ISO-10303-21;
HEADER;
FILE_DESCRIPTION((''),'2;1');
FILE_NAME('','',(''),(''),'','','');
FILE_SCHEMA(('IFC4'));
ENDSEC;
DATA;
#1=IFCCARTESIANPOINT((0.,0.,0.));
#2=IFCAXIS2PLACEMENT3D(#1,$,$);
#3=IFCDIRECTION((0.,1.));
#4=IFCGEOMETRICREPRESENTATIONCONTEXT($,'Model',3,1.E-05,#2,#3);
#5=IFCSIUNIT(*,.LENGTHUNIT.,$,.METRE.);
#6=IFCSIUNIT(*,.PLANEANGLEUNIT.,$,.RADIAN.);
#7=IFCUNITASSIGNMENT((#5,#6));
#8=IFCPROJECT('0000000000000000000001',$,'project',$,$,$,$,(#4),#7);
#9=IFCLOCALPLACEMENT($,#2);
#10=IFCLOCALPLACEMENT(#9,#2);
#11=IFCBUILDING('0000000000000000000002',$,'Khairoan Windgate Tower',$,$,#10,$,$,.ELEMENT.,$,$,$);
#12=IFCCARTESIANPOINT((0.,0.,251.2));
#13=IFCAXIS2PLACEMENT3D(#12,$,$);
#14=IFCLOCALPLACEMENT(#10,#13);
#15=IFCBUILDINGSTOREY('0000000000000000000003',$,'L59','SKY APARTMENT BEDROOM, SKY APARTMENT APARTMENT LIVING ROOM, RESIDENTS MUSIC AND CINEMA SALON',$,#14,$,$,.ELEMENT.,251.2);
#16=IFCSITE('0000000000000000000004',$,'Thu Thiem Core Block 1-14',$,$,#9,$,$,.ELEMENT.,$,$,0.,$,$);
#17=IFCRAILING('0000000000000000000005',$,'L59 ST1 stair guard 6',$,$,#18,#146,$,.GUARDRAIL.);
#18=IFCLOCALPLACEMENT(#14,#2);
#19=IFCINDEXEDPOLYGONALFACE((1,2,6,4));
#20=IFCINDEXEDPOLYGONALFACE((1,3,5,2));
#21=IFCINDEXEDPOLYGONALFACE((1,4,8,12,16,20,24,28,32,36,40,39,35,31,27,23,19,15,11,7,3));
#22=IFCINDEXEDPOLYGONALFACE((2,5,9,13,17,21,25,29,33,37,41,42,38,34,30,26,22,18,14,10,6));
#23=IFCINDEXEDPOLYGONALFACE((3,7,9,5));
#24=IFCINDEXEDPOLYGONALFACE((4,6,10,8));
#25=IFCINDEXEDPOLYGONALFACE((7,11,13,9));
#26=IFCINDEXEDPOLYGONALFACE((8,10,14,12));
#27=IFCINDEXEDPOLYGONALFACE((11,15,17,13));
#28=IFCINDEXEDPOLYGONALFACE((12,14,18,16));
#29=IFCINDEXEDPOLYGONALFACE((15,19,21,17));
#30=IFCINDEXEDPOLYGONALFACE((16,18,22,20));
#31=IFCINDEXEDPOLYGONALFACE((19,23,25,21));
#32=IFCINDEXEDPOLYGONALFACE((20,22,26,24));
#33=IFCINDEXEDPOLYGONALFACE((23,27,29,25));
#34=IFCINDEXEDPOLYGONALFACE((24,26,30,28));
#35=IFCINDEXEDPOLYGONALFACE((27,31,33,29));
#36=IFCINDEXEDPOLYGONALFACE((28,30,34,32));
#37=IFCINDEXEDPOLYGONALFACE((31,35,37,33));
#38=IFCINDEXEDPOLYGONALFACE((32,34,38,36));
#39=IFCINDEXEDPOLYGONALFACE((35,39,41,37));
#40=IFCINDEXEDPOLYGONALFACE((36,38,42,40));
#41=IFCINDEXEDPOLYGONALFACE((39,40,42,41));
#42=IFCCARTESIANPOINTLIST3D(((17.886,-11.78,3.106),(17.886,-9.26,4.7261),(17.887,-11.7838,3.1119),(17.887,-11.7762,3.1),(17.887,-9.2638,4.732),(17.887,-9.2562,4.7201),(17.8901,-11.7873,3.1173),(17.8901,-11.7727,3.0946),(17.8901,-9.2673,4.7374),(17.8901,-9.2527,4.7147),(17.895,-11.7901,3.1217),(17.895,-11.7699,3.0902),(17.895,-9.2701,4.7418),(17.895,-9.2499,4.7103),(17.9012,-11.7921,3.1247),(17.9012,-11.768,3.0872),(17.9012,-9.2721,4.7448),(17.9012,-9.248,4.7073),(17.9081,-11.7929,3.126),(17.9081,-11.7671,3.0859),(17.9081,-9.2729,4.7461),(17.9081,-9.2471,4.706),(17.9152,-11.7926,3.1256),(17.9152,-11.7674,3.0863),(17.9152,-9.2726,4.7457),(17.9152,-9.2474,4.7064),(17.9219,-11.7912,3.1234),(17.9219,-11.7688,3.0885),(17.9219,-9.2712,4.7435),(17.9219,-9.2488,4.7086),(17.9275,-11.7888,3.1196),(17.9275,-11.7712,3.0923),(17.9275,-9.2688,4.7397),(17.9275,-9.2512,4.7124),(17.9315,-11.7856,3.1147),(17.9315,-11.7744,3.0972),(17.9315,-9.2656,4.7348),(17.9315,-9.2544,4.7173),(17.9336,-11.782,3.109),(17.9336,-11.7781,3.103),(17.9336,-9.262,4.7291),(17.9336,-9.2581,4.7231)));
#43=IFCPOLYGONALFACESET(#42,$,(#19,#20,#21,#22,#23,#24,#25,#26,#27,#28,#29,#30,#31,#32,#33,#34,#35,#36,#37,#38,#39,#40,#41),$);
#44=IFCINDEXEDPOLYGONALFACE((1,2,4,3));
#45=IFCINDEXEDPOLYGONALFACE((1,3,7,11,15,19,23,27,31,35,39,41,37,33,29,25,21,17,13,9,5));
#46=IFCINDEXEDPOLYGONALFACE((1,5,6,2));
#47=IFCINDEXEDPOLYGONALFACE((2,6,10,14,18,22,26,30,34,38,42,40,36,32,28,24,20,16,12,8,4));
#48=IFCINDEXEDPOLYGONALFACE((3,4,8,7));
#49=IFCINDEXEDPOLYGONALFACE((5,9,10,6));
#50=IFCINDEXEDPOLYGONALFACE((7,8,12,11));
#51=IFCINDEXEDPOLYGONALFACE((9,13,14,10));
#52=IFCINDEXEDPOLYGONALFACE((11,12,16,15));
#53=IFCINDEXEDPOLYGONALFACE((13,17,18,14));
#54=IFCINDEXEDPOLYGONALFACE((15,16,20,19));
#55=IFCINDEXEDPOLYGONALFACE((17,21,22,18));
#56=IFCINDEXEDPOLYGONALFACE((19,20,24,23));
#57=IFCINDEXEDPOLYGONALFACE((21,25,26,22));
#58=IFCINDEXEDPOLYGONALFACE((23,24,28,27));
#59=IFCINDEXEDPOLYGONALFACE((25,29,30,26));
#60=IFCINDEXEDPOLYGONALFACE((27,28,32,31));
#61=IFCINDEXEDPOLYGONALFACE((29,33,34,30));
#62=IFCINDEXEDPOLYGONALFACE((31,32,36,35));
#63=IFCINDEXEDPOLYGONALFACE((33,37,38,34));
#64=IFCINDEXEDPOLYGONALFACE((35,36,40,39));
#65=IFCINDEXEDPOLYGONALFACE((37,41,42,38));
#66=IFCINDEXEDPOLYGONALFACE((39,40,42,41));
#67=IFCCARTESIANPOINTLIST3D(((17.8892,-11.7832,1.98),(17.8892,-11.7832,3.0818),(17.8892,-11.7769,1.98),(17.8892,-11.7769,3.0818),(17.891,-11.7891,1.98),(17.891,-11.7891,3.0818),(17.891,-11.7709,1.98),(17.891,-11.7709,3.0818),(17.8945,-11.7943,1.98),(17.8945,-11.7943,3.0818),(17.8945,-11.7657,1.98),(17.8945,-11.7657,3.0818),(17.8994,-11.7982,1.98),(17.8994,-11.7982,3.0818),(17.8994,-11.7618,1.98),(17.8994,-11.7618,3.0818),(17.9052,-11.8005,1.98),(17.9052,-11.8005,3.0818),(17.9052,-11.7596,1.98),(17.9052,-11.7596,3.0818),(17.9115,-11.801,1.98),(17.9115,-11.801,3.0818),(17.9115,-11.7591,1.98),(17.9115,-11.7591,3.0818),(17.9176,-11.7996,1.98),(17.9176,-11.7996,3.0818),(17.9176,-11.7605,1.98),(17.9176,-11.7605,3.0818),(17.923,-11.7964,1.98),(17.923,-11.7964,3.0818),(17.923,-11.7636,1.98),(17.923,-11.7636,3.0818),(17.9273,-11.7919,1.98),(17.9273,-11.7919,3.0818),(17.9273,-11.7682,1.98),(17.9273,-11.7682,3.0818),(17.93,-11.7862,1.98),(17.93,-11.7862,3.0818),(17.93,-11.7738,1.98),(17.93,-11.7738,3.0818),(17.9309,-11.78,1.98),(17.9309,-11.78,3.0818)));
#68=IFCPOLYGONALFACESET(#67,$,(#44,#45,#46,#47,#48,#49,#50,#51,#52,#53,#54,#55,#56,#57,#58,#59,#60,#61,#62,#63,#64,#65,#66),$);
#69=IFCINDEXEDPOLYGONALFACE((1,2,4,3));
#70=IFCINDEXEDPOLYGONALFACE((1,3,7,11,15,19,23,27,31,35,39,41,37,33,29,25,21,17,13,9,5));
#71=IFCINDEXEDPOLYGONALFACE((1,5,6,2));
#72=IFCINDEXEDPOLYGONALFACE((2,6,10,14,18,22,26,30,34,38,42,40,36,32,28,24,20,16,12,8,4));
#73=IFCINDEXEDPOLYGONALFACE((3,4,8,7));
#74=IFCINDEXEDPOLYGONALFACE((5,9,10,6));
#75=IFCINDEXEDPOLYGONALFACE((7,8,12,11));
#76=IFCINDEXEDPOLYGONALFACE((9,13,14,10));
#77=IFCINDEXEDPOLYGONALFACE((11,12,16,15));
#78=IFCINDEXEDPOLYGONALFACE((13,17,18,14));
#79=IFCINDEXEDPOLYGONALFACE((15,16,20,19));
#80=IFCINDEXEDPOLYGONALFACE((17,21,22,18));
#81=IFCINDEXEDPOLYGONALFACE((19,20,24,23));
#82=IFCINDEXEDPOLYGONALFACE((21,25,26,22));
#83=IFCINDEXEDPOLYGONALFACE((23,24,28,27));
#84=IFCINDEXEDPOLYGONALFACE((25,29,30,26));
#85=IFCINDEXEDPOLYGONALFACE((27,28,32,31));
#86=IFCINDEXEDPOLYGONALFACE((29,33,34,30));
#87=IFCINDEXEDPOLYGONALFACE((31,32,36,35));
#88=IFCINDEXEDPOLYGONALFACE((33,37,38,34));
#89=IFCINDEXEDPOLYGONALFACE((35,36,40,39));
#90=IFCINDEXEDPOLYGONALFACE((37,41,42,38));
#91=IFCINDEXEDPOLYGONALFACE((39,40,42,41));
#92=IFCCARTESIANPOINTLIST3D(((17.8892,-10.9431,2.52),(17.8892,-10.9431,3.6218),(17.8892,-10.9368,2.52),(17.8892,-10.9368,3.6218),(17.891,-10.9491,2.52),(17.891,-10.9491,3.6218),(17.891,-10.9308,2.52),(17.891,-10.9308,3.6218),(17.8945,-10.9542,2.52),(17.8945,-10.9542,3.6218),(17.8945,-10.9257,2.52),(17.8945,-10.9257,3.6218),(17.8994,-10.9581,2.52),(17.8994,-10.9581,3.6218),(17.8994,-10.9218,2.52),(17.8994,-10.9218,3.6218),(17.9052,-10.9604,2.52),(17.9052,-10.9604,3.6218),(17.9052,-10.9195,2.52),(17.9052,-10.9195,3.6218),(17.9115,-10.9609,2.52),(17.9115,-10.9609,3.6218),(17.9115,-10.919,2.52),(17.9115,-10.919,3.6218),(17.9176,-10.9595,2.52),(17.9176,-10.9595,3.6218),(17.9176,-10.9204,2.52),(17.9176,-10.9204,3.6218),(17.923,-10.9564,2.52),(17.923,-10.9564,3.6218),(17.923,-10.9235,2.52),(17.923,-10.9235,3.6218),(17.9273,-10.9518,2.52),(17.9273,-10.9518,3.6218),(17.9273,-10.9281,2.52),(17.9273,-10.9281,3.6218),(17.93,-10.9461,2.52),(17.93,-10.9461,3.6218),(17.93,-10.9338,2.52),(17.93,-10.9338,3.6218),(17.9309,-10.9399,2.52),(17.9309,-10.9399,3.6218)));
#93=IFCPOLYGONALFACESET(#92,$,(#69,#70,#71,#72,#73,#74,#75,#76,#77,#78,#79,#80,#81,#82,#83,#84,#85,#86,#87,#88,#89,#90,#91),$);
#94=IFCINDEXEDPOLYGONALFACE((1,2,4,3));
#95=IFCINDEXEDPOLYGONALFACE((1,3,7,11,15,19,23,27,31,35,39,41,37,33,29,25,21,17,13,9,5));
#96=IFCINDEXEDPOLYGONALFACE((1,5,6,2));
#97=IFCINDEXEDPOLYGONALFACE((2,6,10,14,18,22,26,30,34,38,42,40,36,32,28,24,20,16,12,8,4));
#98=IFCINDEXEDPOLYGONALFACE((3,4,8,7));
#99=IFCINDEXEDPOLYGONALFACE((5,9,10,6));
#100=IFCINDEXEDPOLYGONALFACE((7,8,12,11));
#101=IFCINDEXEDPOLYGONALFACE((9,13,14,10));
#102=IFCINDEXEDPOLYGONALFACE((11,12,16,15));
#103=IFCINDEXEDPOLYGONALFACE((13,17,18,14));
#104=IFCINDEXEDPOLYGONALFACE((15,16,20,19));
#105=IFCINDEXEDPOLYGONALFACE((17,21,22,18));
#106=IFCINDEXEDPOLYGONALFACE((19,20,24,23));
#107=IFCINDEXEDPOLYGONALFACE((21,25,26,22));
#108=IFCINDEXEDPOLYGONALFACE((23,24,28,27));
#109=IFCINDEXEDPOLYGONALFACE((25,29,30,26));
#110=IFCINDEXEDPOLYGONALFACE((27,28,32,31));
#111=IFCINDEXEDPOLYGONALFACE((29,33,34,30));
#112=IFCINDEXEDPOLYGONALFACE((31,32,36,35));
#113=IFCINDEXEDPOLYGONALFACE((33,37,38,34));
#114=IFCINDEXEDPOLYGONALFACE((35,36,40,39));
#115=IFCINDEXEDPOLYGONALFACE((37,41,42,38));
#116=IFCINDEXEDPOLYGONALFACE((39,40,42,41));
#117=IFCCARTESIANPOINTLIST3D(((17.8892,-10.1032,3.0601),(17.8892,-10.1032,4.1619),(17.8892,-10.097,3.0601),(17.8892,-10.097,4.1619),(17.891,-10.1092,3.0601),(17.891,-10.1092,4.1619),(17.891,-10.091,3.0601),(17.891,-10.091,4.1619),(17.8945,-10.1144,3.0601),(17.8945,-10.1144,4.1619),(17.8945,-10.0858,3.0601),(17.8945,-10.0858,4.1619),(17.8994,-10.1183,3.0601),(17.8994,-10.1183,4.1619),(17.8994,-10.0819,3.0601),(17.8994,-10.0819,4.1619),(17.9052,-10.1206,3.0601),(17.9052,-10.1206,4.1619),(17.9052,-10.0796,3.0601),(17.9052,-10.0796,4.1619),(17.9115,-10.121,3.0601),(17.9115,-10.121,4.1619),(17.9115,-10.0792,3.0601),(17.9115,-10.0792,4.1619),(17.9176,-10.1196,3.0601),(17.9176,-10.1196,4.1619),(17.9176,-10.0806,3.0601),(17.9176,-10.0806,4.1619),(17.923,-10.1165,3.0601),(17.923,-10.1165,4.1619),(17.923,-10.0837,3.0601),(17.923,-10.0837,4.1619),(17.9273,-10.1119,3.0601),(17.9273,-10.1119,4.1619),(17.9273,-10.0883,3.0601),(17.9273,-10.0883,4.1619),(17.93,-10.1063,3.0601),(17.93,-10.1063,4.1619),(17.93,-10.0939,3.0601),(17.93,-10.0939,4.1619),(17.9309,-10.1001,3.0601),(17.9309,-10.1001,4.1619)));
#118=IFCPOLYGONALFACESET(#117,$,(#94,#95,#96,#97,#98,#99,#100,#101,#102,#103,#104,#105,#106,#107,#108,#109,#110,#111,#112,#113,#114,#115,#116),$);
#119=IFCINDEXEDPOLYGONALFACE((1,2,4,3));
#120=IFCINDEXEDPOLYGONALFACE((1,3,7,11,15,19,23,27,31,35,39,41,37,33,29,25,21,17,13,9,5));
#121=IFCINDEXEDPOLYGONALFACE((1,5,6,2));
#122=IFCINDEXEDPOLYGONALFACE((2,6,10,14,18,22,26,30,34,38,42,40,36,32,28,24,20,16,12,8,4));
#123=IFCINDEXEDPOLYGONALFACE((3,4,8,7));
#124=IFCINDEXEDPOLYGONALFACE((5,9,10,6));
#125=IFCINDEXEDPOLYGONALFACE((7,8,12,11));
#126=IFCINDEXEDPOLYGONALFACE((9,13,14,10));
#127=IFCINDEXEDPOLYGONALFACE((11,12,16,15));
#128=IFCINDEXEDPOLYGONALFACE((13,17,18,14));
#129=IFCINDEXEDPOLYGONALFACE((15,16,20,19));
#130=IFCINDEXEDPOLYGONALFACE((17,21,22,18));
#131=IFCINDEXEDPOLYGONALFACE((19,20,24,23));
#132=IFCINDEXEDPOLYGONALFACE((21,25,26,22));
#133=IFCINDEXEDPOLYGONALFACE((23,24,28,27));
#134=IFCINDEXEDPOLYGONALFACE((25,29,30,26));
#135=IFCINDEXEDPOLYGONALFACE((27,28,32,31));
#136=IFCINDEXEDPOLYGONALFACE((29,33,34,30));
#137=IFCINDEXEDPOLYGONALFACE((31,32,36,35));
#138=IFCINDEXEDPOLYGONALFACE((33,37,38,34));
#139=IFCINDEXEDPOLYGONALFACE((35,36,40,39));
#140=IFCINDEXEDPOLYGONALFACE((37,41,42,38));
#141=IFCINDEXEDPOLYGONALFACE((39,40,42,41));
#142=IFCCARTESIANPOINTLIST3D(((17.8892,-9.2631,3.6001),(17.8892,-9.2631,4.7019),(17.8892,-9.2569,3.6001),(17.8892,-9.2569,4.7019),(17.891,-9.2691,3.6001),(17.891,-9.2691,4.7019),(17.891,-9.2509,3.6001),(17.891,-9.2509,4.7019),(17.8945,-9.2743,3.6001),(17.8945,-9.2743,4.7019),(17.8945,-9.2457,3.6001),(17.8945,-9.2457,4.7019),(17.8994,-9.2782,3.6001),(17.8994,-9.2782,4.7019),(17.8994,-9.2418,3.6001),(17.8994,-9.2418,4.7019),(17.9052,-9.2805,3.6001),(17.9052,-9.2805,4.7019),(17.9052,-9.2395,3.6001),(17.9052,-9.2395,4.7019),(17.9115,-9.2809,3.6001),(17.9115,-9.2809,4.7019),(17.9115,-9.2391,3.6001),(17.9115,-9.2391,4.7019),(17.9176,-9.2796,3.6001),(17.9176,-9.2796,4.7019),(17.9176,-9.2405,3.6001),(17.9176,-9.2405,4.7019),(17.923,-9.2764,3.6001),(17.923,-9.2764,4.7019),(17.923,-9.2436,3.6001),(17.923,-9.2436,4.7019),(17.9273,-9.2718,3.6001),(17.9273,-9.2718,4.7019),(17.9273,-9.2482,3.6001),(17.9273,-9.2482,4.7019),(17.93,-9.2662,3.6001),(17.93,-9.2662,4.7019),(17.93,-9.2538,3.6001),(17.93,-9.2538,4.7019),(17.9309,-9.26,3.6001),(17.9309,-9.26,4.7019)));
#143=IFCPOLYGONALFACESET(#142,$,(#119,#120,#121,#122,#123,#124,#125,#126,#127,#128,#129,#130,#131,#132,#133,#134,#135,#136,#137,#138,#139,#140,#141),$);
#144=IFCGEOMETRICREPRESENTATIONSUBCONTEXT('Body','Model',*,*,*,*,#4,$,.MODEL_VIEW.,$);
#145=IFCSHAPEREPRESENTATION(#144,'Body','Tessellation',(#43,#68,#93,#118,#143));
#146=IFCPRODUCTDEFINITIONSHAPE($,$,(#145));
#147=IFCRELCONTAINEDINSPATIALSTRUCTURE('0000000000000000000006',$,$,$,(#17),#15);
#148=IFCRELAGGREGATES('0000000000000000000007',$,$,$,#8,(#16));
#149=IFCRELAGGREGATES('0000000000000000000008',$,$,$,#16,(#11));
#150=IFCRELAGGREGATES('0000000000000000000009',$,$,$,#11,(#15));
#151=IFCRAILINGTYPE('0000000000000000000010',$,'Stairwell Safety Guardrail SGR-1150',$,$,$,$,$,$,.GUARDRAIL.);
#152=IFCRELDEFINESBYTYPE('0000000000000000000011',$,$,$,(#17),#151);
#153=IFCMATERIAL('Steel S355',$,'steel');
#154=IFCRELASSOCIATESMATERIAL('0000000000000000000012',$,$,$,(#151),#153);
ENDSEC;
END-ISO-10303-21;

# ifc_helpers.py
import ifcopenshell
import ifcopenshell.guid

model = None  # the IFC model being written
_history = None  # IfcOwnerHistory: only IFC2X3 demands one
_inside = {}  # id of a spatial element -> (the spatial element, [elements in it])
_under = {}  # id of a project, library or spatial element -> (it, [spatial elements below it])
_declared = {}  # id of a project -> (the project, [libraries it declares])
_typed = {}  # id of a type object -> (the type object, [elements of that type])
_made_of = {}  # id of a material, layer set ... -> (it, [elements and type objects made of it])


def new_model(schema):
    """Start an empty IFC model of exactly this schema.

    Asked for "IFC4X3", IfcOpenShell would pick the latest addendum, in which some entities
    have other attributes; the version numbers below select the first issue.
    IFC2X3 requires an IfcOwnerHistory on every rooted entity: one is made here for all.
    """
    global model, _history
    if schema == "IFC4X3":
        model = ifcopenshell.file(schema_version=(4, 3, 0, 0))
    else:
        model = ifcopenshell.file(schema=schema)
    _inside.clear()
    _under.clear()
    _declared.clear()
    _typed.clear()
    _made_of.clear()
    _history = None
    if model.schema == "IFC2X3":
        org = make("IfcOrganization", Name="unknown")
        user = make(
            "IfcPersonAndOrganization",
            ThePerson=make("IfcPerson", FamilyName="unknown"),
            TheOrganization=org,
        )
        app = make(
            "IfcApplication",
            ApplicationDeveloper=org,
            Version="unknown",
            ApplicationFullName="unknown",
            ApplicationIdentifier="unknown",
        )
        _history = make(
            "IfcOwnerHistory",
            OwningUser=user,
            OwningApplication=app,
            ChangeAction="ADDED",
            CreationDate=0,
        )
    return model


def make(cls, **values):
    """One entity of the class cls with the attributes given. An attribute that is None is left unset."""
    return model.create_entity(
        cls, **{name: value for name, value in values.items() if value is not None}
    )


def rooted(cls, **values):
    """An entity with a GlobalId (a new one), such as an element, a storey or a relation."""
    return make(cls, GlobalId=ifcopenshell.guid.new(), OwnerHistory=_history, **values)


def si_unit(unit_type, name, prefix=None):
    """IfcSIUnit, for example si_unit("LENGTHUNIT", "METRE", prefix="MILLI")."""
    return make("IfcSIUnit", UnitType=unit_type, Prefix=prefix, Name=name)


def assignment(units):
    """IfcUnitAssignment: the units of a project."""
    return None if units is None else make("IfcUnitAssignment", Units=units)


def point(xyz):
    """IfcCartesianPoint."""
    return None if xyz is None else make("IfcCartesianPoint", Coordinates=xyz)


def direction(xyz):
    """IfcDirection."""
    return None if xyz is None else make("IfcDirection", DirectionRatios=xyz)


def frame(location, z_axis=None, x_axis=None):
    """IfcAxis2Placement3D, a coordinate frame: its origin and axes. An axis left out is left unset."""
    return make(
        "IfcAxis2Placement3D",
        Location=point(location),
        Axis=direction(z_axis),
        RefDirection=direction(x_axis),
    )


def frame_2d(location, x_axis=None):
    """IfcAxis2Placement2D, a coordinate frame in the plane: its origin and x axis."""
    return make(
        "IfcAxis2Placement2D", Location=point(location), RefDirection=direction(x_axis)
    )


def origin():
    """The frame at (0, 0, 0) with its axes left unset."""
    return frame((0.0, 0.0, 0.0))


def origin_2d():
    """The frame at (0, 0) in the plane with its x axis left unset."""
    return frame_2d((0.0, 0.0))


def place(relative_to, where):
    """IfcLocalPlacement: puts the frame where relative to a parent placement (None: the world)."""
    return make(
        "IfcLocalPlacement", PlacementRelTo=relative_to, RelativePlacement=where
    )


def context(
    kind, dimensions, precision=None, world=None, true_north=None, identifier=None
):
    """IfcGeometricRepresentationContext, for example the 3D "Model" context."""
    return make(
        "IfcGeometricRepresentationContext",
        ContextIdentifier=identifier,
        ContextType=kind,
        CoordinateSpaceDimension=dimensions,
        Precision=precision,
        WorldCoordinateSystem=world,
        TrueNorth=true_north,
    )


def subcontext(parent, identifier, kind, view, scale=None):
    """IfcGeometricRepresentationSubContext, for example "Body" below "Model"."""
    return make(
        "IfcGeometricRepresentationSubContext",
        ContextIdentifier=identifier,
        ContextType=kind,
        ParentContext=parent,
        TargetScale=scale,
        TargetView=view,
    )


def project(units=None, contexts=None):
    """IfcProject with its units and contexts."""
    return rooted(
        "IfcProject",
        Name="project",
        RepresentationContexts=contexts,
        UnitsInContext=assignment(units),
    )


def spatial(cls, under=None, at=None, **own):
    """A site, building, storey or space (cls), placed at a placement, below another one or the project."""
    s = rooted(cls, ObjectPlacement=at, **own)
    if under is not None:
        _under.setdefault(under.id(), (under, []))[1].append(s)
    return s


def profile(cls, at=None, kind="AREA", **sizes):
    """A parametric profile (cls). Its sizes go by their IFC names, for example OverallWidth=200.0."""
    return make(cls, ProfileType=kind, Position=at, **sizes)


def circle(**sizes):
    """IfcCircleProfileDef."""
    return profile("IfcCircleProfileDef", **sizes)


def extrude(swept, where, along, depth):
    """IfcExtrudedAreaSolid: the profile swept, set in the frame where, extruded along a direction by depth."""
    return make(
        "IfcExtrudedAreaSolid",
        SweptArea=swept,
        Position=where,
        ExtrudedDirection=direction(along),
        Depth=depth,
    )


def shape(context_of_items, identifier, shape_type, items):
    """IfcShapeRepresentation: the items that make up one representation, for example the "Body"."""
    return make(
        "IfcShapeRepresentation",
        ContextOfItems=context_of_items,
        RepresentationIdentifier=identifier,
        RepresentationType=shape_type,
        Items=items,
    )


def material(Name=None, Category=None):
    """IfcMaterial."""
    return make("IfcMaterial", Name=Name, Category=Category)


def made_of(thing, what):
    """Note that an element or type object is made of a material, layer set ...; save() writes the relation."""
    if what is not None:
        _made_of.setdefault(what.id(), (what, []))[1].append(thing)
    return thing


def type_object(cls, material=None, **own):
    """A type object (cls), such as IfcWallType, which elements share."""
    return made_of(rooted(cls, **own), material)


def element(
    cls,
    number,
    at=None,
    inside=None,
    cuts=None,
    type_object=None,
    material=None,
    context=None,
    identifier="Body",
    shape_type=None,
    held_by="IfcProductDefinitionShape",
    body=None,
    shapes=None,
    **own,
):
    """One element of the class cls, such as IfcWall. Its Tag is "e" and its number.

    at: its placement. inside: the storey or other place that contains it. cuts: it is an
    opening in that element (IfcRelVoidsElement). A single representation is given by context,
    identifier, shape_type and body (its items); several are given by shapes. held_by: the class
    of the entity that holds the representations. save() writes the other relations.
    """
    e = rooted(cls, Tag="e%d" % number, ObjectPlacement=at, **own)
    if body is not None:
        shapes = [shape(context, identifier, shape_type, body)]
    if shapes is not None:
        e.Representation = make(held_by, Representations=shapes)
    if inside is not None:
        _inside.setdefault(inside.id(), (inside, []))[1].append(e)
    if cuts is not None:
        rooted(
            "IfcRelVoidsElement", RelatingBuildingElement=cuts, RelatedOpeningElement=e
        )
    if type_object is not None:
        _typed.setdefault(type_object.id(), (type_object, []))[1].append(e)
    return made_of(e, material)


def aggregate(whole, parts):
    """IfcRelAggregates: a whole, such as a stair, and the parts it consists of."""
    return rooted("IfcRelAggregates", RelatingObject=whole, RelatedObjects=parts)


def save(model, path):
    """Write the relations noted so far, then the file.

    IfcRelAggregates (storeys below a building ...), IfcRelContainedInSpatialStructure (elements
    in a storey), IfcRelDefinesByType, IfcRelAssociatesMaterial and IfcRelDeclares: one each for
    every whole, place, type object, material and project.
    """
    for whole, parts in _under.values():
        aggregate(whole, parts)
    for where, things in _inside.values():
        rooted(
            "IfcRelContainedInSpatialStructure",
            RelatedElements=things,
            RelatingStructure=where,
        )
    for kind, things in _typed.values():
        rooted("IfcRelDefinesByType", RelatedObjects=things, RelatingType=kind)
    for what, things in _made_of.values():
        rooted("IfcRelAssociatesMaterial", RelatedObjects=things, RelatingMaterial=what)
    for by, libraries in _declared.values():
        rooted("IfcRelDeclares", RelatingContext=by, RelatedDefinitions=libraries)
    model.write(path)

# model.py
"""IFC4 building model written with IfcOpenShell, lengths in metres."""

from ifc_helpers import new_model, si_unit, direction, frame, origin, origin_2d, place, context, subcontext, project, spatial, circle, extrude, material, type_object, element, save


model = new_model("IFC4")

# Units and contexts
model_context = context("Model", 3, precision=1e-05, world=origin(), true_north=direction((0.0, 1.0)))
body_context = subcontext(model_context, "Body", "Model", "MODEL_VIEW")
ifc_project = project(units=[si_unit("LENGTHUNIT", "METRE"), si_unit("PLANEANGLEUNIT", "RADIAN")], contexts=[model_context])

# Site, building, storey
site_placement = place(None, origin())
site = spatial("IfcSite", under=ifc_project, at=site_placement, Name="Thu Thiem Core Block 1-14", CompositionType="ELEMENT", RefElevation=0.0)
building_placement = place(site_placement, origin())
building = spatial("IfcBuilding", under=site, at=building_placement, Name="Khairoan Windgate Tower", CompositionType="ELEMENT")
storey_placement = place(building_placement, frame((0.0, 0.0, 251.2)))
storey = spatial("IfcBuildingStorey", under=building, at=storey_placement, Name="L59", Description="SKY APARTMENT BEDROOM, SKY APARTMENT APARTMENT LIVING ROOM, RESIDENTS MUSIC AND CINEMA SALON", CompositionType="ELEMENT", Elevation=251.2)

# Railing
ifc_material_1 = material(Name="Steel S355", Category="steel")
railing_type_1 = type_object("IfcRailingType", Name="Stairwell Safety Guardrail SGR-1150", PredefinedType="GUARDRAIL", material=ifc_material_1)
railing_1_placement = place(storey_placement, frame((17.9099, -11.78, 1.98)))
element("IfcRailing", 1, at=railing_1_placement, inside=storey, type_object=railing_type_1, Name="L59 ST1 stair guard 6", PredefinedType="GUARDRAIL", context=body_context, shape_type="SweptSolid", body=[
    extrude(circle(Radius=0.0239, at=origin_2d()), frame((0.0, 0.0, 1.126), z_axis=(0.0, 0.841163, 0.540782), x_axis=(-1.0, 0.0, 0.0)), (0.0, 0.0, 1.0), 2.9958),
    extrude(circle(Radius=0.021, at=origin_2d()), origin(), (0.0, 0.0, 1.0), 1.1018),
    extrude(circle(Radius=0.021, at=origin_2d()), frame((0.0, 0.8401, 0.54)), (0.0, 0.0, 1.0), 1.1018),
    extrude(circle(Radius=0.021, at=origin_2d()), frame((0.0, 1.6799, 1.0801)), (0.0, 0.0, 1.0), 1.1018),
    extrude(circle(Radius=0.021, at=origin_2d()), frame((0.0, 2.52, 1.6201)), (0.0, 0.0, 1.0), 1.1018),
])

save(model, "model.ifc")
